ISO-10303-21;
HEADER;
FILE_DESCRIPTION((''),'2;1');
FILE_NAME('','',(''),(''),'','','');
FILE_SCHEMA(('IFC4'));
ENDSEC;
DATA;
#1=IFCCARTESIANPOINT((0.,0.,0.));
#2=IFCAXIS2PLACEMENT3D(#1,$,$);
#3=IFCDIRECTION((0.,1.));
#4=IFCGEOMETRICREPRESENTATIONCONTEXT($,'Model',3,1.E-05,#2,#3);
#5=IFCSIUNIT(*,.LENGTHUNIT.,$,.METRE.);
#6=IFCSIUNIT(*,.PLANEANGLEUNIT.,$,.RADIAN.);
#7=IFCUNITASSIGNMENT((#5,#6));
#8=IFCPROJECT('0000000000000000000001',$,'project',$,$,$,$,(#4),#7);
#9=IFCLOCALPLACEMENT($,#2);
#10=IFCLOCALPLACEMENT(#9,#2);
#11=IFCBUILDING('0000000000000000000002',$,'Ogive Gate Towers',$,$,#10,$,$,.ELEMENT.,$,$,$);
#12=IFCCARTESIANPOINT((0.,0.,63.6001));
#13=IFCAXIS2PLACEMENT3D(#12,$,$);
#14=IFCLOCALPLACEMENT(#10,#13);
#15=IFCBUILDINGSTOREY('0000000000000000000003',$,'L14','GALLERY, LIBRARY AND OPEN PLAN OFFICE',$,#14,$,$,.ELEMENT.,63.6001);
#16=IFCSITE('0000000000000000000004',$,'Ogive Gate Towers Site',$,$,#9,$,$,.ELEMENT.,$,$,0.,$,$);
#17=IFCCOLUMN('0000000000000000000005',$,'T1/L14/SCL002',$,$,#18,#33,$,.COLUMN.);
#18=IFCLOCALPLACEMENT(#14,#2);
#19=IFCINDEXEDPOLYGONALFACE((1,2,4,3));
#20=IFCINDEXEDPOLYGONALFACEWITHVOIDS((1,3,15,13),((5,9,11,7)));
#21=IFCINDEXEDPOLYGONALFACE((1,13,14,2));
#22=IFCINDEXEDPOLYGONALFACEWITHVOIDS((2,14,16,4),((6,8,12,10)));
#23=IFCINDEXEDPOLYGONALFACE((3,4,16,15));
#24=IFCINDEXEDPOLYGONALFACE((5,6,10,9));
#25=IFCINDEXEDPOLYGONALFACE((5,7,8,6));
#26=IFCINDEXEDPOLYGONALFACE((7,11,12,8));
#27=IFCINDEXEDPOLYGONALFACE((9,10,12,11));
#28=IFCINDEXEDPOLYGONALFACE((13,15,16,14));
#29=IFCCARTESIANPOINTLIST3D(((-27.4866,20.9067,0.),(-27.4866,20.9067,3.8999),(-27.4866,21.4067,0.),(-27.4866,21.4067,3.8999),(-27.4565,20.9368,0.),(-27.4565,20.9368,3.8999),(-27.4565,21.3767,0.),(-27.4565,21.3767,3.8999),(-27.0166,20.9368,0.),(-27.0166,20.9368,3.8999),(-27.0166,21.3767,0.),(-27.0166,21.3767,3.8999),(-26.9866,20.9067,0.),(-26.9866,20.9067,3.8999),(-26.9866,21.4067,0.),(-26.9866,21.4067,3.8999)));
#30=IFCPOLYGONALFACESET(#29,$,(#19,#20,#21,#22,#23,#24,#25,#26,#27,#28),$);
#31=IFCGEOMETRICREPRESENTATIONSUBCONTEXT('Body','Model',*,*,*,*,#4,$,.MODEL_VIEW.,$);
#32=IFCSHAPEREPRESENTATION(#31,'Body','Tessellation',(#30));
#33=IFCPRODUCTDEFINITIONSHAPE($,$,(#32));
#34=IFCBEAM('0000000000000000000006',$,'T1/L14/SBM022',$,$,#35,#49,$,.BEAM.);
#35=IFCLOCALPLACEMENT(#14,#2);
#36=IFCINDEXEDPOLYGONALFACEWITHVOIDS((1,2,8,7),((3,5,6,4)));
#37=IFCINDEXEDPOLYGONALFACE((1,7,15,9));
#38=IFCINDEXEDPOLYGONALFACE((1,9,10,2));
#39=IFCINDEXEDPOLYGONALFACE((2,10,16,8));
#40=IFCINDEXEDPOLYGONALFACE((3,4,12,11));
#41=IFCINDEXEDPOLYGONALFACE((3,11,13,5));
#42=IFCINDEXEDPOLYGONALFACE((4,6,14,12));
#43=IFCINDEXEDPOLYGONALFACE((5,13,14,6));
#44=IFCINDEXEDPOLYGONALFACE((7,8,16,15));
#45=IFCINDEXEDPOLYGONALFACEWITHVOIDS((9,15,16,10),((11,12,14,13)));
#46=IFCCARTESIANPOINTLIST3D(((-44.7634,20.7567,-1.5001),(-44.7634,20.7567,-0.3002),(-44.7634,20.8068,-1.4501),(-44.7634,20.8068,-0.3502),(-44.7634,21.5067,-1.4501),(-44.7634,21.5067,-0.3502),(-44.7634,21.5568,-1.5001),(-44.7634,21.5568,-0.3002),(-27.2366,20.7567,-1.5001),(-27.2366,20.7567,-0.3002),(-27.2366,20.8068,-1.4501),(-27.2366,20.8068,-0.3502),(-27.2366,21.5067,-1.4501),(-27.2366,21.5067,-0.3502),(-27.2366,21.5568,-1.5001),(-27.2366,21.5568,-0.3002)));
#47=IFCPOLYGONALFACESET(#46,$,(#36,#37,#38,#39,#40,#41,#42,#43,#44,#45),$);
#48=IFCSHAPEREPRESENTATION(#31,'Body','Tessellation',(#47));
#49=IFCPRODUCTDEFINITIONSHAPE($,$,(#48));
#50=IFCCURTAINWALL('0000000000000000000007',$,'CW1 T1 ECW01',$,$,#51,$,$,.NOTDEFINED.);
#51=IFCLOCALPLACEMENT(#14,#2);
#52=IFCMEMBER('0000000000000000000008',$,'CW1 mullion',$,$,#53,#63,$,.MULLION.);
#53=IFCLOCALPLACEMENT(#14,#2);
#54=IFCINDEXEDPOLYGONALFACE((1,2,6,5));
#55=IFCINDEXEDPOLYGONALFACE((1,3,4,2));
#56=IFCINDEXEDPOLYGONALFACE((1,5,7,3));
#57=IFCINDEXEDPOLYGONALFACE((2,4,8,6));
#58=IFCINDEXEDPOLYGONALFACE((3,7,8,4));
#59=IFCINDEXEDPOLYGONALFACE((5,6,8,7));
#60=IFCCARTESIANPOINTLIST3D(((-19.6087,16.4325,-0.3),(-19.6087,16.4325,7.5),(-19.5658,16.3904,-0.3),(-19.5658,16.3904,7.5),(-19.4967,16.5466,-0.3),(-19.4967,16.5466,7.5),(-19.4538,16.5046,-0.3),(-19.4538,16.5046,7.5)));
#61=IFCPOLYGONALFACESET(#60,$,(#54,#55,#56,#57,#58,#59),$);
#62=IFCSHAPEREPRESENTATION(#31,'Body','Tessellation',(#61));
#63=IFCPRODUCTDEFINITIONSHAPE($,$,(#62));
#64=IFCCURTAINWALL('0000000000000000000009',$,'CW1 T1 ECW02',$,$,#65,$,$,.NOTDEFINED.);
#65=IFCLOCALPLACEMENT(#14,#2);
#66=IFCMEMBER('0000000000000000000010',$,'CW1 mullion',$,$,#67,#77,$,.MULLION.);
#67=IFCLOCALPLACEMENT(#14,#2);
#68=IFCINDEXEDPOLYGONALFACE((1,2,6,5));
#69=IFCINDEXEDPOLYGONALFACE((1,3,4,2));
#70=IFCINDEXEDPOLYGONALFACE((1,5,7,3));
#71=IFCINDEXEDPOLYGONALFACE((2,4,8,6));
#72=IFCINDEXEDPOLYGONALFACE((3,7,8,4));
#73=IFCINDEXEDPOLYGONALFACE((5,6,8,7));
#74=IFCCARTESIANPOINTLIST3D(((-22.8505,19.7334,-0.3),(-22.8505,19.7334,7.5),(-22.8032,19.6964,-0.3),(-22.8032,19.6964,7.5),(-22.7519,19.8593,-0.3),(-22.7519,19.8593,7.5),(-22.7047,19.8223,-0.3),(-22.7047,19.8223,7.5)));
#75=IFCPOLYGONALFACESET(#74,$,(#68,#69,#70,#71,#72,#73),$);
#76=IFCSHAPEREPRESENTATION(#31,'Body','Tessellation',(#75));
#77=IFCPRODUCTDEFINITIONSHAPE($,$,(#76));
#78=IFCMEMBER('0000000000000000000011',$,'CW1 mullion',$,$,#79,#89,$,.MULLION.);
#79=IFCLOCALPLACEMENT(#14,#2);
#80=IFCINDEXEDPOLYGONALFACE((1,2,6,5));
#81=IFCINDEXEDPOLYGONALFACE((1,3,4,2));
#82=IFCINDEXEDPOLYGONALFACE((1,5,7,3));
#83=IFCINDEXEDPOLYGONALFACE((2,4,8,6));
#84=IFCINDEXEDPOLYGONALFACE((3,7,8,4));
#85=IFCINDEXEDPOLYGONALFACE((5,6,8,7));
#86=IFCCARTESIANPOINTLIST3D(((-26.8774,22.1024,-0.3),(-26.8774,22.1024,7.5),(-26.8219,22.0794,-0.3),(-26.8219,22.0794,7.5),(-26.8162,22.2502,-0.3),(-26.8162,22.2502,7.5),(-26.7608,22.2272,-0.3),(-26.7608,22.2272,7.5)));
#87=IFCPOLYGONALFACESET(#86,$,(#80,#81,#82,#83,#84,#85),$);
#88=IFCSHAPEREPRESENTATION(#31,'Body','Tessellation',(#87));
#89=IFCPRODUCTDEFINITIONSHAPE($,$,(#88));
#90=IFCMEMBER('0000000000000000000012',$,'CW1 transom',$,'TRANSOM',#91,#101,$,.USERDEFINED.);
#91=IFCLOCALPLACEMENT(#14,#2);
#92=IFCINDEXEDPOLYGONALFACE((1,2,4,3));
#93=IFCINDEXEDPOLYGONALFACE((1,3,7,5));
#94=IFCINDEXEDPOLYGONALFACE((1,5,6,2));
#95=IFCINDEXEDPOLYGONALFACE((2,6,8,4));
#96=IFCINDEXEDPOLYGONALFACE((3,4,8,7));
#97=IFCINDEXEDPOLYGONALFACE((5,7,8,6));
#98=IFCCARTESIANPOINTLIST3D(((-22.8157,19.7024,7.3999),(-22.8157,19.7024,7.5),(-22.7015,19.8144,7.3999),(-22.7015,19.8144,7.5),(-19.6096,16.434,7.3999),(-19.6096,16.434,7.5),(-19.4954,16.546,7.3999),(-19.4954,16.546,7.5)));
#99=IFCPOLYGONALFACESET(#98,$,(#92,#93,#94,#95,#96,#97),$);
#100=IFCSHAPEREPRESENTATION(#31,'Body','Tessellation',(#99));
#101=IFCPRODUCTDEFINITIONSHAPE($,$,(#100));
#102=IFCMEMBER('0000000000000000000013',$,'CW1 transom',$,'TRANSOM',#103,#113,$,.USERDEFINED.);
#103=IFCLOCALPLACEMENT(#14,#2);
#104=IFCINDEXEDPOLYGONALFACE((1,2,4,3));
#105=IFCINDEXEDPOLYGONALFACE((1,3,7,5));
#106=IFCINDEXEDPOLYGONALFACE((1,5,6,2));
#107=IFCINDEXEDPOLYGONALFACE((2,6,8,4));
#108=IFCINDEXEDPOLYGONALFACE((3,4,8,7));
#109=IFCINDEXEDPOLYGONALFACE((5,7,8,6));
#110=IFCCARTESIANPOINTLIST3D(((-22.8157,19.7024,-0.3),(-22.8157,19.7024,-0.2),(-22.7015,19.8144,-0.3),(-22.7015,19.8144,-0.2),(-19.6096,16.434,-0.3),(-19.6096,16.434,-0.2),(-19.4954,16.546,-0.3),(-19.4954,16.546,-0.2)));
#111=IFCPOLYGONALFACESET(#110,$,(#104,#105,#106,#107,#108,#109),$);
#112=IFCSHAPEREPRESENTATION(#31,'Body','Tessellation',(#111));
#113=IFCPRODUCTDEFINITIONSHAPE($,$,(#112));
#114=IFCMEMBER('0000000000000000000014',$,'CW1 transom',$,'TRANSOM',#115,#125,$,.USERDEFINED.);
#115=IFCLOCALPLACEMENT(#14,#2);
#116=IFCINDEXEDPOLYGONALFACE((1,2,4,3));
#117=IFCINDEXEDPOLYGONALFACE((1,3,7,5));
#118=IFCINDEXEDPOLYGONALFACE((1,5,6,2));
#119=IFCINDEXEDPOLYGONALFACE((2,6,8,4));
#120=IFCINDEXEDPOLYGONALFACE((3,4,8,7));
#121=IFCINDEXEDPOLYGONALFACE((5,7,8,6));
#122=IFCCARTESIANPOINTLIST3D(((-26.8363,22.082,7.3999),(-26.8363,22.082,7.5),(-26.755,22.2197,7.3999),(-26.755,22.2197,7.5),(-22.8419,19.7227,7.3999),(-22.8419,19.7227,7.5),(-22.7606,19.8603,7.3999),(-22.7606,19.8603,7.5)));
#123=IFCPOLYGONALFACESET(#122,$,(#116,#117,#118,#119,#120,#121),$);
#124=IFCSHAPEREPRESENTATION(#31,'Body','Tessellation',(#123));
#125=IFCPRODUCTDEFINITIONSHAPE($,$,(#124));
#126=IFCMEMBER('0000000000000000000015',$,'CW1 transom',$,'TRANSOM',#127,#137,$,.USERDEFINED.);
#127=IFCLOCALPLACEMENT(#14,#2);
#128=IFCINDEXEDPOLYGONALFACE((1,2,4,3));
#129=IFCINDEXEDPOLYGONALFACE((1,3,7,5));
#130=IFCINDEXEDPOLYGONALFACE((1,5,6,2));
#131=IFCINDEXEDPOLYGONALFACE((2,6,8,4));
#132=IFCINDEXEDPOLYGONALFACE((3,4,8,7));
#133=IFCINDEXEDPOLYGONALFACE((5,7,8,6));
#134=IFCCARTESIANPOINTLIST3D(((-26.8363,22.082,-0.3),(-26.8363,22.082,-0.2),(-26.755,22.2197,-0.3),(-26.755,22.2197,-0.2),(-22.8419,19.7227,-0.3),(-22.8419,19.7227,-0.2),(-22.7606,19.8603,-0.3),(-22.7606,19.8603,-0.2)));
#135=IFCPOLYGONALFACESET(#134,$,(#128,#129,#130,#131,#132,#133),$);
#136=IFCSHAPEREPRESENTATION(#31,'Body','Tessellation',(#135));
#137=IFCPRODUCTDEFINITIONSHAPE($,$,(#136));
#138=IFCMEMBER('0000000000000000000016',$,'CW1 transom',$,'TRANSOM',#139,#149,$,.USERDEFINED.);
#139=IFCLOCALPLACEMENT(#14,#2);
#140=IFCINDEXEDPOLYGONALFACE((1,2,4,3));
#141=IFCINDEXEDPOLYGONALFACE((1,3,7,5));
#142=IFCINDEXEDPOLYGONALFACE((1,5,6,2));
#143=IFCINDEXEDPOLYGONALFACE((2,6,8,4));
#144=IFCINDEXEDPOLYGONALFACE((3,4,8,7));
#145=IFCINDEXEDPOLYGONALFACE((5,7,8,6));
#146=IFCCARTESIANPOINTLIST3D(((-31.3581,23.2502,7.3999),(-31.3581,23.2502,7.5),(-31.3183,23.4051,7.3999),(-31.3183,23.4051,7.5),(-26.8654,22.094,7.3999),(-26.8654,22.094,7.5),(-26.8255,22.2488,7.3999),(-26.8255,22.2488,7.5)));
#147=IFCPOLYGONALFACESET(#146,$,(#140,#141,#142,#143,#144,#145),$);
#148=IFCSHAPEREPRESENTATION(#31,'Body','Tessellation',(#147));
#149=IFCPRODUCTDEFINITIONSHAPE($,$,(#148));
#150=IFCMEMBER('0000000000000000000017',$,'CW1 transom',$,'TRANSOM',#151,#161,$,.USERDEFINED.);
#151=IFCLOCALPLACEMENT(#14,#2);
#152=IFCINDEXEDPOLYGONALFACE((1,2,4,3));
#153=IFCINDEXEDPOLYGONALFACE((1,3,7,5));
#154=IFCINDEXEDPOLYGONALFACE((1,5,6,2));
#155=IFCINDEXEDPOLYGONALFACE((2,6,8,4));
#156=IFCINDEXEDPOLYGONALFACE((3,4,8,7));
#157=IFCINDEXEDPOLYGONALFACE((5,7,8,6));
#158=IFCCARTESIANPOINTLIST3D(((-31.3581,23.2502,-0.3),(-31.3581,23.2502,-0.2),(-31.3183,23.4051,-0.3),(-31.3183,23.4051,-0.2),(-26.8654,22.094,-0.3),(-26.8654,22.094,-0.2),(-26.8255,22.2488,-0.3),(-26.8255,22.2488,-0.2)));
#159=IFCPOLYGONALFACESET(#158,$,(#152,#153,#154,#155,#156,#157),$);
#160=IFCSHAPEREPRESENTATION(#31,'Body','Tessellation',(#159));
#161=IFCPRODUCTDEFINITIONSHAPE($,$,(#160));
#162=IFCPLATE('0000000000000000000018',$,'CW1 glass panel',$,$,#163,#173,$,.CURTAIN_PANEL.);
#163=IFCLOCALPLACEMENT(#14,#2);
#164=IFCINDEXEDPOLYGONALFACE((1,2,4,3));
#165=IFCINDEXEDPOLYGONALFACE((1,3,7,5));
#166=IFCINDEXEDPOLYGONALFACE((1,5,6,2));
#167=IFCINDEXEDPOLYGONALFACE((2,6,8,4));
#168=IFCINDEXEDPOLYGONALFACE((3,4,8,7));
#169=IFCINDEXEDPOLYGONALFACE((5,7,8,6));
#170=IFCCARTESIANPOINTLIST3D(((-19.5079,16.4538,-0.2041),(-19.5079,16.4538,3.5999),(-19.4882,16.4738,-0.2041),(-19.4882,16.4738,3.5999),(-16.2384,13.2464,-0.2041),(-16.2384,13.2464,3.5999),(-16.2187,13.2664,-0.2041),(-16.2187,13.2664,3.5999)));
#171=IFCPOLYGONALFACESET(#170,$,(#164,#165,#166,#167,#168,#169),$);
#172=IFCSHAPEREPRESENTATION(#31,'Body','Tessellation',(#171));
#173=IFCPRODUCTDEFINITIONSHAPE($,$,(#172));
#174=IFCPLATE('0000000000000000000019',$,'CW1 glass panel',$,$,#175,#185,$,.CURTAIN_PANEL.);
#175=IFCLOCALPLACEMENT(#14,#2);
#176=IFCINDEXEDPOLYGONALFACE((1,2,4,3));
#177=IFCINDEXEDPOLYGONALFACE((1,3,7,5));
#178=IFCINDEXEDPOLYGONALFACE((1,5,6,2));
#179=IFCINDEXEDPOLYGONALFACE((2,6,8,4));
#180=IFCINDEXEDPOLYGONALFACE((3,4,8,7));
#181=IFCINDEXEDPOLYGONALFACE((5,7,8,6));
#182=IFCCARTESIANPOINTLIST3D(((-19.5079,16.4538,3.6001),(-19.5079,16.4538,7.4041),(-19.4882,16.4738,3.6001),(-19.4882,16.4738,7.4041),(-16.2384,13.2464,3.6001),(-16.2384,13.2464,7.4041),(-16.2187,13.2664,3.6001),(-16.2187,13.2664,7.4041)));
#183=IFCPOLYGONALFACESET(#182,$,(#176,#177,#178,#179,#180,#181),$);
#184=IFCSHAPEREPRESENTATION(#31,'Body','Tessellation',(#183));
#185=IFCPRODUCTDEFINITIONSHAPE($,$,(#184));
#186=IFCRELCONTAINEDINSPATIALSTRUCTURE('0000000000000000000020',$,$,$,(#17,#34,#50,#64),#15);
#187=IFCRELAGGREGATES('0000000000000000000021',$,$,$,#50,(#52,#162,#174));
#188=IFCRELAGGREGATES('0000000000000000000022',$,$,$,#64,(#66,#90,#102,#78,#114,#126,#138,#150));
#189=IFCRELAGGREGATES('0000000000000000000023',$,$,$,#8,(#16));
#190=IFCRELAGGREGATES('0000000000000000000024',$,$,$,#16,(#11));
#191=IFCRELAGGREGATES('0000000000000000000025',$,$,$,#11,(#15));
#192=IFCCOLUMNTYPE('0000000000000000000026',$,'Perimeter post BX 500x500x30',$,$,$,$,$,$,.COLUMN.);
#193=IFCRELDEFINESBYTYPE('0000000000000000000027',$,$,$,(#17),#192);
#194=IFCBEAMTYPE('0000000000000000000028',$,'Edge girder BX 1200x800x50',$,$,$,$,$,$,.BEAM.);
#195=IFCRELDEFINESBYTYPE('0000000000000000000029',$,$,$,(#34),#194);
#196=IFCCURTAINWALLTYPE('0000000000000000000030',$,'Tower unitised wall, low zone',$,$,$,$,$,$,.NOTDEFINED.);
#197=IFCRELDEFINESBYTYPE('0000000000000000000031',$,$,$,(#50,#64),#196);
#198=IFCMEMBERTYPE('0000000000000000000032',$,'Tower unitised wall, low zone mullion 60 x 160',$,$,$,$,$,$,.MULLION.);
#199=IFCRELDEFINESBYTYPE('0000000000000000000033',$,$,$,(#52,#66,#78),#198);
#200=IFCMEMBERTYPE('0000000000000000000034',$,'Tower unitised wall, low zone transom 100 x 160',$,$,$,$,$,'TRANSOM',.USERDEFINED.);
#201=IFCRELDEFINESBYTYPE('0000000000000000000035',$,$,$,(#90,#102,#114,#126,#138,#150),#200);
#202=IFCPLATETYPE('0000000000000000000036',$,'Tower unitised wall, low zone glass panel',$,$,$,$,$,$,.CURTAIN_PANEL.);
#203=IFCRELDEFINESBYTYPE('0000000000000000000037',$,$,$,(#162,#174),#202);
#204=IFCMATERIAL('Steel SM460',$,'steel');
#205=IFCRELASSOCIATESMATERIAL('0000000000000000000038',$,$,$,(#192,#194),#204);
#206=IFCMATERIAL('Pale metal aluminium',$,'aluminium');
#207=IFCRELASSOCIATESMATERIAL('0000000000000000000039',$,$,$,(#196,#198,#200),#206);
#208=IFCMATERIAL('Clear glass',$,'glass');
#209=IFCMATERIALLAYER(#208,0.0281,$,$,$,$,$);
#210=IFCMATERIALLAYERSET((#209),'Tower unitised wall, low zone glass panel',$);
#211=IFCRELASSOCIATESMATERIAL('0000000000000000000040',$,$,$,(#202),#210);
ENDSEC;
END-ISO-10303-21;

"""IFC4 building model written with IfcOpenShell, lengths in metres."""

from ifc_helpers import new_model, si_unit, direction, frame, origin, origin_2d, place, context, subcontext, project, spatial, rectangle, hollow_rectangle, extrude, material, layer, layer_set, material_profile, profile_set, type_object, element, aggregate, save


model = new_model("IFC4")

# Units and contexts
model_context = context("Model", 3, precision=1e-05, world=origin(), true_north=direction((0.0, 1.0)))
body_context = subcontext(model_context, "Body", "Model", "MODEL_VIEW")
ifc_project = project(units=[si_unit("LENGTHUNIT", "METRE"), si_unit("PLANEANGLEUNIT", "RADIAN")], contexts=[model_context])

# Site, building, storey
site_placement = place(None, origin())
site = spatial("IfcSite", under=ifc_project, at=site_placement, Name="Ogive Gate Towers Site", CompositionType="ELEMENT", RefElevation=0.0)
building_placement = place(site_placement, origin())
building = spatial("IfcBuilding", under=site, at=building_placement, Name="Ogive Gate Towers", CompositionType="ELEMENT")
storey_placement = place(building_placement, frame((0.0, 0.0, 63.6001)))
storey = spatial("IfcBuildingStorey", under=building, at=storey_placement, Name="L14", Description="GALLERY, LIBRARY AND OPEN PLAN OFFICE", CompositionType="ELEMENT", Elevation=63.6001)

# Column
ifc_material_1 = material(Name="Steel SM460", Category="steel")
ifc_material_profile_1 = material_profile(ifc_material_1, hollow_rectangle(XDim=0.5, YDim=0.5, WallThickness=0.03, at=origin_2d()), Name="BX 500x500x30")
ifc_profile_set_1 = profile_set([ifc_material_profile_1], Name="Steel SM460")
column_type = type_object("IfcColumnType", Name="Perimeter post BX 500x500x30", PredefinedType="COLUMN", material=ifc_profile_set_1)
column_placement = place(storey_placement, frame((-27.2366, 21.1567, 0.0), z_axis=(0.0, 0.0, 1.0), x_axis=(1.0, 0.0, 0.0)))
element("IfcColumn", 1, at=column_placement, inside=storey, type_object=column_type, Name="T1/L14/SCL002", PredefinedType="COLUMN", context=body_context, shape_type="SweptSolid", body=[
    extrude(hollow_rectangle(XDim=0.5, YDim=0.5, WallThickness=0.03, at=origin_2d()), origin(), (0.0, 0.0, 1.0), 3.8999),
])

# Beam
ifc_material_profile_2 = material_profile(ifc_material_1, hollow_rectangle(XDim=0.8, YDim=1.2, WallThickness=0.05, at=origin_2d()), Name="BX 1200x800x50")
ifc_profile_set_2 = profile_set([ifc_material_profile_2], Name="Steel SM460")
beam_type = type_object("IfcBeamType", Name="Edge girder BX 1200x800x50", PredefinedType="BEAM", material=ifc_profile_set_2)
beam_placement = place(storey_placement, frame((-27.2366, 21.1567, -0.9001), z_axis=(-1.0, 0.0, 0.0), x_axis=(0.0, -1.0, 0.0)))
element("IfcBeam", 2, at=beam_placement, inside=storey, type_object=beam_type, Name="T1/L14/SBM022", PredefinedType="BEAM", context=body_context, shape_type="SweptSolid", body=[
    extrude(hollow_rectangle(XDim=0.8, YDim=1.2, WallThickness=0.05, at=origin_2d()), origin(), (0.0, 0.0, 1.0), 17.5269),
])

# Curtain wall, member
ifc_material_2 = material(Name="Pale metal aluminium", Category="aluminium")
curtain_wall_type = type_object("IfcCurtainWallType", Name="Tower unitised wall, low zone", PredefinedType="NOTDEFINED", material=ifc_material_2)
curtain_wall_1_placement = place(storey_placement, origin())
curtain_wall_1 = element("IfcCurtainWall", 3, at=curtain_wall_1_placement, inside=storey, type_object=curtain_wall_type, Name="CW1 T1 ECW01", PredefinedType="NOTDEFINED")
ifc_material_profile_3 = material_profile(ifc_material_2, rectangle(XDim=0.1599, YDim=0.0601, at=origin_2d()), Name="60 x 160 aluminium box")
ifc_profile_set_3 = profile_set([ifc_material_profile_3], Name="Pale metal aluminium")
member_type_1 = type_object("IfcMemberType", Name="Tower unitised wall, low zone mullion 60 x 160", PredefinedType="MULLION", material=ifc_profile_set_3)
member_1_placement = place(storey_placement, frame((-19.5312, 16.4685, -0.3), z_axis=(0.0, 0.0, 1.0), x_axis=(0.700299, 0.71385, 0.0)))
member_1 = element("IfcMember", 4, at=member_1_placement, type_object=member_type_1, Name="CW1 mullion", PredefinedType="MULLION", context=body_context, shape_type="SweptSolid", body=[
    extrude(rectangle(XDim=0.1599, YDim=0.0601, at=origin_2d()), origin(), (0.0, 0.0, 1.0), 7.8),
])

# Curtain wall, members
curtain_wall_2_placement = place(storey_placement, origin())
curtain_wall_2 = element("IfcCurtainWall", 5, at=curtain_wall_2_placement, inside=storey, type_object=curtain_wall_type, Name="CW1 T1 ECW02", PredefinedType="NOTDEFINED")
member_2_placement = place(storey_placement, frame((-22.7776, 19.7778, -0.3), z_axis=(0.0, 0.0, 1.0), x_axis=(0.616459, 0.787387, 0.0)))
member_2 = element("IfcMember", 6, at=member_2_placement, type_object=member_type_1, Name="CW1 mullion", PredefinedType="MULLION", context=body_context, shape_type="SweptSolid", body=[
    extrude(rectangle(XDim=0.1599, YDim=0.0601, at=origin_2d()), origin(), (0.0, 0.0, 1.0), 7.8),
])
member_3_placement = place(storey_placement, frame((-26.8191, 22.1648, -0.3), z_axis=(0.0, 0.0, 1.0), x_axis=(0.382683, 0.92388, 0.0)))
member_3 = element("IfcMember", 7, at=member_3_placement, type_object=member_type_1, Name="CW1 mullion", PredefinedType="MULLION", context=body_context, shape_type="SweptSolid", body=[
    extrude(rectangle(XDim=0.1599, YDim=0.0601, at=origin_2d()), origin(), (0.0, 0.0, 1.0), 7.8),
])
ifc_material_profile_4 = material_profile(ifc_material_2, rectangle(XDim=0.1599, YDim=0.1001, at=origin_2d()), Name="100 x 160 aluminium box")
ifc_profile_set_4 = profile_set([ifc_material_profile_4], Name="Pale metal aluminium")
member_type_2 = type_object("IfcMemberType", Name="Tower unitised wall, low zone transom 100 x 160", ElementType="TRANSOM", PredefinedType="USERDEFINED", material=ifc_profile_set_4)
member_4_placement = place(storey_placement, frame((-19.5525, 16.49, 7.45), z_axis=(-0.700275, 0.713873, 0.0), x_axis=(-0.713873, -0.700275, 0.0)))
member_4 = element("IfcMember", 8, at=member_4_placement, type_object=member_type_2, Name="CW1 transom", ObjectType="TRANSOM", PredefinedType="USERDEFINED", context=body_context, shape_type="SweptSolid", body=[
    extrude(rectangle(XDim=0.1599, YDim=0.1001, at=origin_2d()), origin(), (0.0, 0.0, 1.0), 4.5784),
])
member_5_placement = place(storey_placement, frame((-19.5525, 16.49, -0.25), z_axis=(-0.700275, 0.713873, 0.0), x_axis=(-0.713873, -0.700275, 0.0)))
member_5 = element("IfcMember", 9, at=member_5_placement, type_object=member_type_2, Name="CW1 transom", ObjectType="TRANSOM", PredefinedType="USERDEFINED", context=body_context, shape_type="SweptSolid", body=[
    extrude(rectangle(XDim=0.1599, YDim=0.1001, at=origin_2d()), origin(), (0.0, 0.0, 1.0), 4.5784),
])
member_6_placement = place(storey_placement, frame((-22.8013, 19.7915, 7.45), z_axis=(-0.861016, 0.508579, 0.0), x_axis=(-0.508579, -0.861016, 0.0)))
member_6 = element("IfcMember", 10, at=member_6_placement, type_object=member_type_2, Name="CW1 transom", ObjectType="TRANSOM", PredefinedType="USERDEFINED", context=body_context, shape_type="SweptSolid", body=[
    extrude(rectangle(XDim=0.1599, YDim=0.1001, at=origin_2d()), origin(), (0.0, 0.0, 1.0), 4.6392),
])
member_7_placement = place(storey_placement, frame((-22.8013, 19.7915, -0.25), z_axis=(-0.861016, 0.508579, 0.0), x_axis=(-0.508579, -0.861016, 0.0)))
member_7 = element("IfcMember", 11, at=member_7_placement, type_object=member_type_2, Name="CW1 transom", ObjectType="TRANSOM", PredefinedType="USERDEFINED", context=body_context, shape_type="SweptSolid", body=[
    extrude(rectangle(XDim=0.1599, YDim=0.1001, at=origin_2d()), origin(), (0.0, 0.0, 1.0), 4.6392),
])
member_8_placement = place(storey_placement, frame((-26.8455, 22.1714, 7.45), z_axis=(-0.968441, 0.249241, 0.0), x_axis=(-0.249241, -0.968441, 0.0)))
member_8 = element("IfcMember", 12, at=member_8_placement, type_object=member_type_2, Name="CW1 transom", ObjectType="TRANSOM", PredefinedType="USERDEFINED", context=body_context, shape_type="SweptSolid", body=[
    extrude(rectangle(XDim=0.1599, YDim=0.1001, at=origin_2d()), origin(), (0.0, 0.0, 1.0), 4.6392),
])
member_9_placement = place(storey_placement, frame((-26.8455, 22.1714, -0.25), z_axis=(-0.968441, 0.249241, 0.0), x_axis=(-0.249241, -0.968441, 0.0)))
member_9 = element("IfcMember", 13, at=member_9_placement, type_object=member_type_2, Name="CW1 transom", ObjectType="TRANSOM", PredefinedType="USERDEFINED", context=body_context, shape_type="SweptSolid", body=[
    extrude(rectangle(XDim=0.1599, YDim=0.1001, at=origin_2d()), origin(), (0.0, 0.0, 1.0), 4.6392),
])

# Plates
ifc_material_3 = material(Name="Clear glass", Category="glass")
ifc_layer_1 = layer(ifc_material_3, 0.0281)
ifc_layer_set_1 = layer_set([ifc_layer_1], Name="Tower unitised wall, low zone glass panel")
plate_type = type_object("IfcPlateType", Name="Tower unitised wall, low zone glass panel", PredefinedType="CURTAIN_PANEL", material=ifc_layer_set_1)
plate_1_placement = place(storey_placement, frame((-17.8633, 14.8601, -0.2041), z_axis=(0.0, 0.0, 1.0), x_axis=(-0.71385, 0.700299, 0.0)))
plate_1 = element("IfcPlate", 14, at=plate_1_placement, type_object=plate_type, Name="CW1 glass panel", PredefinedType="CURTAIN_PANEL", context=body_context, shape_type="SweptSolid", body=[
    extrude(rectangle(XDim=4.5801, YDim=0.0281, at=origin_2d()), origin(), (0.0, 0.0, 1.0), 3.804),
])
plate_2_placement = place(storey_placement, frame((-17.8633, 14.8601, 3.6001), z_axis=(0.0, 0.0, 1.0), x_axis=(-0.71385, 0.700299, 0.0)))
plate_2 = element("IfcPlate", 15, at=plate_2_placement, type_object=plate_type, Name="CW1 glass panel", PredefinedType="CURTAIN_PANEL", context=body_context, shape_type="SweptSolid", body=[
    extrude(rectangle(XDim=4.5801, YDim=0.0281, at=origin_2d()), origin(), (0.0, 0.0, 1.0), 3.804),
])
aggregate(curtain_wall_1, [member_1, plate_1, plate_2])
aggregate(curtain_wall_2, [member_2, member_4, member_5, member_3, member_6, member_7, member_8, member_9])

save(model, "model.ifc")
